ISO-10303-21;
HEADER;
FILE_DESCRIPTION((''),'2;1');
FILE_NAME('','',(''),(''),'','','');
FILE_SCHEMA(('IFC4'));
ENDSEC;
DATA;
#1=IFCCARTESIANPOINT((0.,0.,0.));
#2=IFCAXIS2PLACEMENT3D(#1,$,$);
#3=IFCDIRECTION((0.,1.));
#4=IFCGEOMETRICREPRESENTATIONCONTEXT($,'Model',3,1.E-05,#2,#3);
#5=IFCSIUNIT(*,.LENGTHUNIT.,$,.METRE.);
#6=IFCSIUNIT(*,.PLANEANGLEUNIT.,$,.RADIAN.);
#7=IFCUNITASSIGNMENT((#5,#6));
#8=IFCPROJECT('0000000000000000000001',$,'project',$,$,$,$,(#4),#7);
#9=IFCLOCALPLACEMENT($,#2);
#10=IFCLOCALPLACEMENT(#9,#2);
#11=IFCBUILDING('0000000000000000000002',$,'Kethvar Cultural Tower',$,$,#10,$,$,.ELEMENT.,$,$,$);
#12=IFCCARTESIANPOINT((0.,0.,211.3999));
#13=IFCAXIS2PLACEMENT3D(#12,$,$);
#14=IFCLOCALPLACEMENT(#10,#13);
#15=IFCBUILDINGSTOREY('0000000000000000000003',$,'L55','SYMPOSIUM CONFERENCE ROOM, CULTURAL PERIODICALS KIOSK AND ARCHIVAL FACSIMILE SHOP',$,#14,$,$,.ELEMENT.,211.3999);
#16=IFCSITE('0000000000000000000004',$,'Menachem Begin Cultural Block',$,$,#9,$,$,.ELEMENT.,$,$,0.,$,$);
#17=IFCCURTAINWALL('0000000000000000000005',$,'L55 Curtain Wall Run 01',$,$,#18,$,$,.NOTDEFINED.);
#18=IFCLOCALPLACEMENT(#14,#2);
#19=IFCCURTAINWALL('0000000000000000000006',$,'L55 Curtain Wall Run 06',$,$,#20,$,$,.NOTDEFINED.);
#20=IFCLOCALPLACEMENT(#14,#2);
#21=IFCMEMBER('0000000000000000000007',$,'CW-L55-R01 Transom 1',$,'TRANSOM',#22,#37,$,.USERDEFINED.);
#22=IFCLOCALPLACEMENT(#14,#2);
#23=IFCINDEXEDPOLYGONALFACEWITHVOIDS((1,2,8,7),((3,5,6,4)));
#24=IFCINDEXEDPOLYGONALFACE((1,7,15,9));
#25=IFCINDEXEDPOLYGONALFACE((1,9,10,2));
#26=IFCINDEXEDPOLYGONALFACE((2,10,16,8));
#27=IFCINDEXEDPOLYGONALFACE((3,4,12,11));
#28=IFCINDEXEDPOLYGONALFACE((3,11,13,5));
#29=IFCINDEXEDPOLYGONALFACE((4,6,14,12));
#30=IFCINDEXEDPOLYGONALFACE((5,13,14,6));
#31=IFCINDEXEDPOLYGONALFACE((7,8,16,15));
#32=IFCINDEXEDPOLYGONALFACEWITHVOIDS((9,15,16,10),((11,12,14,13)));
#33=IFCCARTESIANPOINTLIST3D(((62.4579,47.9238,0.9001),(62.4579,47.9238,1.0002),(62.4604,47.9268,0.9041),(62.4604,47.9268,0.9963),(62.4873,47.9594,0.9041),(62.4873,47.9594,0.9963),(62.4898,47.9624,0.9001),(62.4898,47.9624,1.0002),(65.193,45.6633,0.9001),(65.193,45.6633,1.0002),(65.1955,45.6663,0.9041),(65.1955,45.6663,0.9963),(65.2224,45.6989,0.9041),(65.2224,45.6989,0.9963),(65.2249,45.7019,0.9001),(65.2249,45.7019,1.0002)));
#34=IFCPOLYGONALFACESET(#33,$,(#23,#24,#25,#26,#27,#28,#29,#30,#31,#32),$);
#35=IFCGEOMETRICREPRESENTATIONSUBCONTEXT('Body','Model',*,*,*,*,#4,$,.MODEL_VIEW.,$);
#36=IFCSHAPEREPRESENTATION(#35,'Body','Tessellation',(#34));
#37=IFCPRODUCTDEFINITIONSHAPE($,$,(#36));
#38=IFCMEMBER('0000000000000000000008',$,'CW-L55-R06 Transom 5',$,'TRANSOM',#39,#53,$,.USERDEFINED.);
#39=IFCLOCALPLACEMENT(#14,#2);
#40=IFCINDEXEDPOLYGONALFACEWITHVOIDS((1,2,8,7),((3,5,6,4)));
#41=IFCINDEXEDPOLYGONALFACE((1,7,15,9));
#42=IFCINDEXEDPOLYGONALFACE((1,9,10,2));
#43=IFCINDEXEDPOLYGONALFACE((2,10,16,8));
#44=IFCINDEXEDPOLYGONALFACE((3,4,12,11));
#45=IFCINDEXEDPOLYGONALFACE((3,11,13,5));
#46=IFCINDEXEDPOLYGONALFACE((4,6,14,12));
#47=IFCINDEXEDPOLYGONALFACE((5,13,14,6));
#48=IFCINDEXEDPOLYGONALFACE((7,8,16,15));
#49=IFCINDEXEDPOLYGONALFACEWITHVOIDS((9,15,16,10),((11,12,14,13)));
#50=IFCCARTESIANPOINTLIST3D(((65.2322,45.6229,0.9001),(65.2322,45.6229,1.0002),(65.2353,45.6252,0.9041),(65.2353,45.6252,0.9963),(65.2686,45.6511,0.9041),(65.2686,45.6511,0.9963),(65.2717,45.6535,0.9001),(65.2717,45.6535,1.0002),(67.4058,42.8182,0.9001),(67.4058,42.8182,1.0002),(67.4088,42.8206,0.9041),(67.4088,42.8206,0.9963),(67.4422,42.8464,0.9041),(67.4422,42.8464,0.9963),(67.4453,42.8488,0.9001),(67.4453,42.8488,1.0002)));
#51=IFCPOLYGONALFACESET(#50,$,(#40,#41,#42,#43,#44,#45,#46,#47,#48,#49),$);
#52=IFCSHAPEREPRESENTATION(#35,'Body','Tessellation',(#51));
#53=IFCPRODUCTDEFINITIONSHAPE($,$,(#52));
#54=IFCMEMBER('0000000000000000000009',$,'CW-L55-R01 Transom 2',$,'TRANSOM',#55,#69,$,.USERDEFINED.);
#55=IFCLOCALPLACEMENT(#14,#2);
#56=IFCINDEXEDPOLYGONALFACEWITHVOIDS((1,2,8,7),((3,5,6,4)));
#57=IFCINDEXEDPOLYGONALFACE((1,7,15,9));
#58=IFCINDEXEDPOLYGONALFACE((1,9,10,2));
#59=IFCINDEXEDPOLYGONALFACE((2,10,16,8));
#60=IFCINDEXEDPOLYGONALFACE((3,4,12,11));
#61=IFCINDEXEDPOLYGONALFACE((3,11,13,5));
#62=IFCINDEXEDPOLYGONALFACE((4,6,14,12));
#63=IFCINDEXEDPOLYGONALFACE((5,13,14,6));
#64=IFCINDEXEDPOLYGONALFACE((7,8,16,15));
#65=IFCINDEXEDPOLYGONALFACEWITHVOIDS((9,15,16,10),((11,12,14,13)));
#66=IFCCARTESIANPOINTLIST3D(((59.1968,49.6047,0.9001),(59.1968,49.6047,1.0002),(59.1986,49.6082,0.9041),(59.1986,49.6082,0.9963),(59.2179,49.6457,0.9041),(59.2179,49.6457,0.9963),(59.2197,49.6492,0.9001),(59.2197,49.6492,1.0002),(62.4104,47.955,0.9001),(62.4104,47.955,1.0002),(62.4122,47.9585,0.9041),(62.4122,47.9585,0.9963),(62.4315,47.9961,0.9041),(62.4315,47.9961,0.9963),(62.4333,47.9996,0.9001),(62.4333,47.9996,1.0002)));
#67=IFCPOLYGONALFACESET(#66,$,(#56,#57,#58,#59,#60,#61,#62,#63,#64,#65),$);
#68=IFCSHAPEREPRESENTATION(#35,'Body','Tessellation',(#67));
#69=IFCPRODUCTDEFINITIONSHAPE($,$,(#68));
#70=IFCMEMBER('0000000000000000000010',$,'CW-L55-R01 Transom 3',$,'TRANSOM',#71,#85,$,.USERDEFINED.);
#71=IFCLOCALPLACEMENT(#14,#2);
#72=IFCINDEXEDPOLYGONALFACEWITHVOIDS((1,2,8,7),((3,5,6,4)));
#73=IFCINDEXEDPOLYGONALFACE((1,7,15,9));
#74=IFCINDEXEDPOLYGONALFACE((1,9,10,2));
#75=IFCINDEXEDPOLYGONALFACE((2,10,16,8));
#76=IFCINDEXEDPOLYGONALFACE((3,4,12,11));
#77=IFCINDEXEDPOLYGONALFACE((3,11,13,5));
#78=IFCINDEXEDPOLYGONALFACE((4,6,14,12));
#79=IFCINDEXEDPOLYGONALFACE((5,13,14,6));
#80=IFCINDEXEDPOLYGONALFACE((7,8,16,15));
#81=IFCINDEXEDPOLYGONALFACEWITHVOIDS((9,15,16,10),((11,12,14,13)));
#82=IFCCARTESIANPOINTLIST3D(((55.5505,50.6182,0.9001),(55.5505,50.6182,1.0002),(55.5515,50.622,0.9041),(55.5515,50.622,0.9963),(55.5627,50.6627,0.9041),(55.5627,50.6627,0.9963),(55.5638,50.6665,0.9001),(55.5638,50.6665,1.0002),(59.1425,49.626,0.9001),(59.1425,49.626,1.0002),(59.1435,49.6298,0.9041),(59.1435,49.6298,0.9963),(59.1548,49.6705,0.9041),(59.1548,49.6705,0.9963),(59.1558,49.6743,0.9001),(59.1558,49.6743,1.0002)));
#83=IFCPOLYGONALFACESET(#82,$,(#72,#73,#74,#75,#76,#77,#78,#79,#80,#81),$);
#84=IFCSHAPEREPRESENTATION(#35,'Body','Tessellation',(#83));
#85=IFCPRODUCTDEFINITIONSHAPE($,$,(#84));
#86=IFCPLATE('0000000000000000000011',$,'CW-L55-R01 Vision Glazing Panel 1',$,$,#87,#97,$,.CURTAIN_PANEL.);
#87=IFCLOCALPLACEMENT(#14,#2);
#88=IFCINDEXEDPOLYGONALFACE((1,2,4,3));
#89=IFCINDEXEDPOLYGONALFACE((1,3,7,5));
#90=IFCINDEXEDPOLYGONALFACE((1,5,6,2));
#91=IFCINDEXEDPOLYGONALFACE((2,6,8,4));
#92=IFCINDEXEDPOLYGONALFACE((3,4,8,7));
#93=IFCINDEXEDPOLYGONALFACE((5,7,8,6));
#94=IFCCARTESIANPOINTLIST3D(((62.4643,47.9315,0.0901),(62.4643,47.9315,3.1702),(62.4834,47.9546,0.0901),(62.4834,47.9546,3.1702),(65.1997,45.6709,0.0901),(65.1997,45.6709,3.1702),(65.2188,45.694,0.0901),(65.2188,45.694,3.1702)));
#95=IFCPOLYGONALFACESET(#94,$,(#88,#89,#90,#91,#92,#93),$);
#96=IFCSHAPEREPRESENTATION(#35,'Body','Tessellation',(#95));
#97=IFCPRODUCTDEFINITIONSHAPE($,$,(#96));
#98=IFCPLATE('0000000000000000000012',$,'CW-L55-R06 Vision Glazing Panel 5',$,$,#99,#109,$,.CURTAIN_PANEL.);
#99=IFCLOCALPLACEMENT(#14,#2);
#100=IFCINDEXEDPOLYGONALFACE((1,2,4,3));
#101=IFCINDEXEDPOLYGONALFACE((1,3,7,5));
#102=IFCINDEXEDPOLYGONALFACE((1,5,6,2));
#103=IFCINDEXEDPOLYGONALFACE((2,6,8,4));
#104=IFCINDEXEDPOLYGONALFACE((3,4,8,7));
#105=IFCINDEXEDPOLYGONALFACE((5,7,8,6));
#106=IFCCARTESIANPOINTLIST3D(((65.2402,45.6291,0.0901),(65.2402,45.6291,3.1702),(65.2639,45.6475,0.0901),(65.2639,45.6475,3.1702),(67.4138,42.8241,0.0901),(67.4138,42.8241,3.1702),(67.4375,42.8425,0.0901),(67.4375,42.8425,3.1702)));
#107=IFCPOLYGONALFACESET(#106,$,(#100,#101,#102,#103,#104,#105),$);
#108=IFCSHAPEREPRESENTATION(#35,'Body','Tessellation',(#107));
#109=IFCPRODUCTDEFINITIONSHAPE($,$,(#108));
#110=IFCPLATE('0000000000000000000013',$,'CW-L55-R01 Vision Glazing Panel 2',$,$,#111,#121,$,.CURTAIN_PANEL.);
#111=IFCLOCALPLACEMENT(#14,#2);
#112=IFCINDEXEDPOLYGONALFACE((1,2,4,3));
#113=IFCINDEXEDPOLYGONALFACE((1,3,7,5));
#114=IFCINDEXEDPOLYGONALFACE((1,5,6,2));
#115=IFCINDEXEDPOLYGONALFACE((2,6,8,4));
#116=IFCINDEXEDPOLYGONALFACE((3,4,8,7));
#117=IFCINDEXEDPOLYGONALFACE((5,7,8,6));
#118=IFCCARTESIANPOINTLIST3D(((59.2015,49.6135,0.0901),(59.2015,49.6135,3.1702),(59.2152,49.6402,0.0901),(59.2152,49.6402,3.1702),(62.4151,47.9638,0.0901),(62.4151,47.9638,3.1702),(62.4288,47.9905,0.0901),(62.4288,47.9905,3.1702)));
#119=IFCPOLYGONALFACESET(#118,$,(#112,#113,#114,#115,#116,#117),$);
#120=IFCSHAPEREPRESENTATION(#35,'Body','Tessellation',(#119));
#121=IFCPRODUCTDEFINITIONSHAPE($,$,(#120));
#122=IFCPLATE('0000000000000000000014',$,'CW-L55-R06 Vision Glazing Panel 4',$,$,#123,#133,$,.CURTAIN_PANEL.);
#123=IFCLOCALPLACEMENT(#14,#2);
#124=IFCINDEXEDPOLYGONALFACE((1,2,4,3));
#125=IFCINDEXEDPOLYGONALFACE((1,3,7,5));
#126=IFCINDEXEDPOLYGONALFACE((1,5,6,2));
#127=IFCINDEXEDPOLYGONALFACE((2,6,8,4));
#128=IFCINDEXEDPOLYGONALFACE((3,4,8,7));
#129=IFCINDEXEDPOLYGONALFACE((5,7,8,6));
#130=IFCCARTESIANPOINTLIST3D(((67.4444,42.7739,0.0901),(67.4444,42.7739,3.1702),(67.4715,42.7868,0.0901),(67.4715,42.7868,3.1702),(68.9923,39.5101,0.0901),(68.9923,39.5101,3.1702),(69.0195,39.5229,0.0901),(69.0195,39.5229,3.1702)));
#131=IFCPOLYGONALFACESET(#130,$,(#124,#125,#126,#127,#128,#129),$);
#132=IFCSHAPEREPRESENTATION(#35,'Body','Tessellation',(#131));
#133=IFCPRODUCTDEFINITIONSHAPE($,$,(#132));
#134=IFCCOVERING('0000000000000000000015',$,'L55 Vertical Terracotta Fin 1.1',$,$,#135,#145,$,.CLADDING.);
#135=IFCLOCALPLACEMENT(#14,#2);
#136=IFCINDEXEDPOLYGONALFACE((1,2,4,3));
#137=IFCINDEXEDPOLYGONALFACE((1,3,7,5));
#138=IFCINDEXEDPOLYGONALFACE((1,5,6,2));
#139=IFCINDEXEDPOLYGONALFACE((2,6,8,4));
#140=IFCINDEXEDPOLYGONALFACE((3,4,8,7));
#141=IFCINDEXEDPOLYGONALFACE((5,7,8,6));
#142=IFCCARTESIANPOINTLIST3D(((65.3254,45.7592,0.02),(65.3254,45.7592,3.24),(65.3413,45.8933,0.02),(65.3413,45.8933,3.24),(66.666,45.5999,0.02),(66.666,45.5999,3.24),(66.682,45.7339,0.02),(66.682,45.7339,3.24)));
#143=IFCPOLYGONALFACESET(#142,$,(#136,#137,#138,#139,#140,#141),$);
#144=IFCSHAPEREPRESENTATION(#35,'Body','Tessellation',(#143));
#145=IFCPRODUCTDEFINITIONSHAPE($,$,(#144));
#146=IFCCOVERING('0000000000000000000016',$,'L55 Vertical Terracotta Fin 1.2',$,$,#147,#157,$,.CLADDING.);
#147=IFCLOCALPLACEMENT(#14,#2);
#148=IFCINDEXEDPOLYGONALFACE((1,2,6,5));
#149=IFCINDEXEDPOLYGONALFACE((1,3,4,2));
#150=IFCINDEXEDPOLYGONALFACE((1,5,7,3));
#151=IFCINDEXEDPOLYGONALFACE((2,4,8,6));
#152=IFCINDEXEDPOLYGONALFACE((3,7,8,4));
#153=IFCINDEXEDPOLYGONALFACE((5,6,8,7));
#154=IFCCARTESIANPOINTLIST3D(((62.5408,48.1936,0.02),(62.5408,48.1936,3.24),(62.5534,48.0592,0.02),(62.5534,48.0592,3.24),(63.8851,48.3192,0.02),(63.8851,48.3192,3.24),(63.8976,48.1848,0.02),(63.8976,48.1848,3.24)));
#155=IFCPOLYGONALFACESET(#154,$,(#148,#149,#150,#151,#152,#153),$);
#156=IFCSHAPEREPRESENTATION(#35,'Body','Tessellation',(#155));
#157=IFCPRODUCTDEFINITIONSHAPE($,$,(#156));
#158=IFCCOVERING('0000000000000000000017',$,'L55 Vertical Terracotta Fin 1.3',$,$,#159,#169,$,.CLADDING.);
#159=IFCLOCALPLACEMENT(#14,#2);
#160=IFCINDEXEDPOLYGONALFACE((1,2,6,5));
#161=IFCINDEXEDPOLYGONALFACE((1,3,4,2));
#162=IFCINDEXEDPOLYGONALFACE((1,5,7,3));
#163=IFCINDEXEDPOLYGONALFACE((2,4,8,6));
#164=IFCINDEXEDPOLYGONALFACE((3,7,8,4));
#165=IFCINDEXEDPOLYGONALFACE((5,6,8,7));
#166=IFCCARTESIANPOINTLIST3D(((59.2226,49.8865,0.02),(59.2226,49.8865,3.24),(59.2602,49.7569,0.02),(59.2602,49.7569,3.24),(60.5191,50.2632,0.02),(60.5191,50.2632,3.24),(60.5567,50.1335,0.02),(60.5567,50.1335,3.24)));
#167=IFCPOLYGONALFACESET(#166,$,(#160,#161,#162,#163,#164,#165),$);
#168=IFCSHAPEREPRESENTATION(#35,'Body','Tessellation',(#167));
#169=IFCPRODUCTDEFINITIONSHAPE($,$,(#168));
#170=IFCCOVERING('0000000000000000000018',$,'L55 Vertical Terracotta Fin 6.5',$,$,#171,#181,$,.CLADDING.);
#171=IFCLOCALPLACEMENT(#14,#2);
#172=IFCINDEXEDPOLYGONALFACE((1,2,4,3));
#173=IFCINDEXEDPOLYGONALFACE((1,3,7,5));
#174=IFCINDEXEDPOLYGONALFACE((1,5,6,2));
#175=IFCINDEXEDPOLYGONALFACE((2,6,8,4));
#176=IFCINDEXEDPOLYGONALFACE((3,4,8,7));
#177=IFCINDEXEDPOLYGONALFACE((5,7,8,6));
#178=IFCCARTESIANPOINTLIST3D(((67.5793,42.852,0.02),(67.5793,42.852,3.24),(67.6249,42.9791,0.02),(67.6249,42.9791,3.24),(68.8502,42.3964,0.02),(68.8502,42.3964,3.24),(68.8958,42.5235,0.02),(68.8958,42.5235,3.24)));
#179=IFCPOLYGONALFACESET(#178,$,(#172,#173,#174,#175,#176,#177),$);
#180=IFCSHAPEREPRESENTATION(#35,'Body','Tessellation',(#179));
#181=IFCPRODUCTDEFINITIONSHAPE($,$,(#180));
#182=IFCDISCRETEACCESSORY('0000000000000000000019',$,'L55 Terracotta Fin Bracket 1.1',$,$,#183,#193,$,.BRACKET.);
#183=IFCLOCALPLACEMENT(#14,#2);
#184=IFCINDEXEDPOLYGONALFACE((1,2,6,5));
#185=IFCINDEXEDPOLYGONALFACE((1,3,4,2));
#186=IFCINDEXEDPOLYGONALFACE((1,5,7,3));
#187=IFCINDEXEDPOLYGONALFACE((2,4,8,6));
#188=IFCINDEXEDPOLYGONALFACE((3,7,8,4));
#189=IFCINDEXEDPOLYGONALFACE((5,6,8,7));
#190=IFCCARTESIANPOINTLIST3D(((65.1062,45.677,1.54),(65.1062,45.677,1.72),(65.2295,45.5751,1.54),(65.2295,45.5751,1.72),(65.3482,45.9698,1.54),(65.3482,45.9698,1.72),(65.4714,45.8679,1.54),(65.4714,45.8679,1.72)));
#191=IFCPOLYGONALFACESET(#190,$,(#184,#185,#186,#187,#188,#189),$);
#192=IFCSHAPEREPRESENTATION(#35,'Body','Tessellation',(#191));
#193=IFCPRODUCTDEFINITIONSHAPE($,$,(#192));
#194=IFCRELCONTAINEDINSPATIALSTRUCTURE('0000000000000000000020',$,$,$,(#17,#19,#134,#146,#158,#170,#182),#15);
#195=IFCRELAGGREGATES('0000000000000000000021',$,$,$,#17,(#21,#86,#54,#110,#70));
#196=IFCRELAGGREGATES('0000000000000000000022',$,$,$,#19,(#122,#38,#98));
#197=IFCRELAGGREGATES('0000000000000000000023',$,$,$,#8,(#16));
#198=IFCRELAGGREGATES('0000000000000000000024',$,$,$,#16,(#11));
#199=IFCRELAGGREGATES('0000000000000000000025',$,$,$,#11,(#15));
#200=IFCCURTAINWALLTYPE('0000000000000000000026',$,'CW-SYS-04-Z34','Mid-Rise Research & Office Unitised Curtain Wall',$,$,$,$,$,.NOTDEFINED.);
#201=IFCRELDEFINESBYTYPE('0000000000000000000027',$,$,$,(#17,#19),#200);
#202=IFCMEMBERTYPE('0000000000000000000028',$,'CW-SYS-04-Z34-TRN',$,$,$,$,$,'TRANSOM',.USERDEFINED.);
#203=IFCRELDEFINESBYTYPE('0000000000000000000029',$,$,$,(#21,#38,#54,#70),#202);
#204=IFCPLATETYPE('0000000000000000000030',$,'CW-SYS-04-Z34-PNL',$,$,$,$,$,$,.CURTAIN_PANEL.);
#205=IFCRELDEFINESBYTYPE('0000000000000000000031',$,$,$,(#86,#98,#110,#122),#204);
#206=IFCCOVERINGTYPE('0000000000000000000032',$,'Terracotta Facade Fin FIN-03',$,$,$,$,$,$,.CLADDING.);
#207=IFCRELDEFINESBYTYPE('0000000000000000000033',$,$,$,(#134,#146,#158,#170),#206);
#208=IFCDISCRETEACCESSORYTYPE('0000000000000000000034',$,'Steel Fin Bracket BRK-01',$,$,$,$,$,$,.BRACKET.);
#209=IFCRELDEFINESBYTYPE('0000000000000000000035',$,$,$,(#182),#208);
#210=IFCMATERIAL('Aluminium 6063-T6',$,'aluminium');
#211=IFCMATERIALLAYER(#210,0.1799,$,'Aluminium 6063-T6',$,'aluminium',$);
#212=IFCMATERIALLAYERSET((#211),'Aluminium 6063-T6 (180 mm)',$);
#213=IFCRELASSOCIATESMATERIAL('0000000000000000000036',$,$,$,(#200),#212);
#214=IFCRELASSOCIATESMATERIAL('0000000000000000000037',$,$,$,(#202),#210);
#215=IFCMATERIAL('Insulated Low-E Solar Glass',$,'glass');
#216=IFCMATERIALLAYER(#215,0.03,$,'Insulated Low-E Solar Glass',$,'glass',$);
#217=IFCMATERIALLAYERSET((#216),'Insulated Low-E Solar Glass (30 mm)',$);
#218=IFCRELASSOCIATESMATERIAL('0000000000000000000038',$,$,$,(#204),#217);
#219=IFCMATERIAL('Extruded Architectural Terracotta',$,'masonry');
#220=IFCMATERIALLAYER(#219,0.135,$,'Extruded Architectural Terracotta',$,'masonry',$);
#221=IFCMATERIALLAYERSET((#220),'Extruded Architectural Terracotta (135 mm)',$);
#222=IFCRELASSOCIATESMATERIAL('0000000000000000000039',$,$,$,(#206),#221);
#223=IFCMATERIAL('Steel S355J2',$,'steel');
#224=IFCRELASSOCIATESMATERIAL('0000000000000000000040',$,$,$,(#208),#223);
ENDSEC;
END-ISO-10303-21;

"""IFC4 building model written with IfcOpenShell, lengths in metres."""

from ifc_helpers import new_model, si_unit, direction, frame, origin, origin_2d, place, context, subcontext, project, spatial, rectangle, hollow_rectangle, extrude, source, transform, mapped, material, layer, layer_set, material_profile, profile_set, type_object, element, aggregate, save


model = new_model("IFC4")

# Units and contexts
model_context = context("Model", 3, precision=1e-05, world=origin(), true_north=direction((0.0, 1.0)))
body_context = subcontext(model_context, "Body", "Model", "MODEL_VIEW")
ifc_project = project(units=[si_unit("LENGTHUNIT", "METRE"), si_unit("PLANEANGLEUNIT", "RADIAN")], contexts=[model_context])

# Site, building, storey
site_placement = place(None, origin())
site = spatial("IfcSite", under=ifc_project, at=site_placement, Name="Menachem Begin Cultural Block", CompositionType="ELEMENT", RefElevation=0.0)
building_placement = place(site_placement, origin())
building = spatial("IfcBuilding", under=site, at=building_placement, Name="Kethvar Cultural Tower", CompositionType="ELEMENT")
storey_placement = place(building_placement, frame((0.0, 0.0, 211.3999)))
storey = spatial("IfcBuildingStorey", under=building, at=storey_placement, Name="L55", Description="SYMPOSIUM CONFERENCE ROOM, CULTURAL PERIODICALS KIOSK AND ARCHIVAL FACSIMILE SHOP", CompositionType="ELEMENT", Elevation=211.3999)

# Shared definitions
ifc_material_1 = material(Name="Steel S355J2", Category="steel")

# Curtain walls
ifc_material_2 = material(Name="Aluminium 6063-T6", Category="aluminium")
ifc_layer_1 = layer(ifc_material_2, 0.1799, Name="Aluminium 6063-T6", Category="aluminium")
ifc_layer_set_1 = layer_set([ifc_layer_1], Name="Aluminium 6063-T6 (180 mm)")
curtain_wall_type = type_object("IfcCurtainWallType", Name="CW-SYS-04-Z34", Description="Mid-Rise Research & Office Unitised Curtain Wall", PredefinedType="NOTDEFINED", material=ifc_layer_set_1)
curtain_wall_1_placement = place(storey_placement, origin())
curtain_wall_1 = element("IfcCurtainWall", 1, at=curtain_wall_1_placement, inside=storey, type_object=curtain_wall_type, Name="L55 Curtain Wall Run 01", PredefinedType="NOTDEFINED")
curtain_wall_2_placement = place(storey_placement, origin())
curtain_wall_2 = element("IfcCurtainWall", 2, at=curtain_wall_2_placement, inside=storey, type_object=curtain_wall_type, Name="L55 Curtain Wall Run 06", PredefinedType="NOTDEFINED")

# Members
ifc_material_profile_1 = material_profile(ifc_material_2, hollow_rectangle(XDim=0.05, YDim=0.1001, WallThickness=0.0039, at=origin_2d()), Name="Aluminium 6063-T6 — RHS100x50x4")
ifc_profile_set_1 = profile_set([ifc_material_profile_1], Name="Aluminium 6063-T6 — RHS100x50x4")
member_type_1 = type_object("IfcMemberType", Name="CW-SYS-04-Z34-TRN", ElementType="TRANSOM", PredefinedType="USERDEFINED", material=ifc_profile_set_1)
shared_shape_1 = source(origin(), body_context, "Body", "SweptSolid", [
    extrude(hollow_rectangle(XDim=0.05, YDim=0.1001, WallThickness=0.0039, at=origin_2d()), origin(), (0.0, 0.0, 1.0), 3.5483),
])
member_1_placement = place(storey_placement, frame((65.209, 45.6826, 0.9502), z_axis=(-0.770815, 0.637059, 0.0), x_axis=(-0.637059, -0.770815, 0.0)))
member_1 = element("IfcMember", 3, at=member_1_placement, type_object=member_type_1, Name="CW-L55-R01 Transom 1", ObjectType="TRANSOM", PredefinedType="USERDEFINED", context=body_context, shape_type="MappedRepresentation", body=[
    mapped(shared_shape_1, transform((0.0, 0.0, 0.0), scale=1.0)),
])
member_2_placement = place(storey_placement, frame((67.4255, 42.8335, 0.9502), z_axis=(-0.612563, 0.790422, 0.0), x_axis=(-0.790422, -0.612563, 0.0)))
member_2 = element("IfcMember", 4, at=member_2_placement, type_object=member_type_1, Name="CW-L55-R06 Transom 5", ObjectType="TRANSOM", PredefinedType="USERDEFINED", context=body_context, shape_type="MappedRepresentation", body=[
    mapped(shared_shape_1, transform((0.0, 0.0, 0.0), scale=1.0)),
])
shared_shape_2 = source(origin(), body_context, "Body", "SweptSolid", [
    extrude(hollow_rectangle(XDim=0.05, YDim=0.1001, WallThickness=0.0039, at=origin_2d()), origin(), (0.0, 0.0, 1.0), 3.6123),
])
member_3_placement = place(storey_placement, frame((62.4219, 47.9773, 0.9502), z_axis=(-0.889632, 0.456677, 0.0), x_axis=(-0.456677, -0.889632, 0.0)))
member_3 = element("IfcMember", 5, at=member_3_placement, type_object=member_type_1, Name="CW-L55-R01 Transom 2", ObjectType="TRANSOM", PredefinedType="USERDEFINED", context=body_context, shape_type="MappedRepresentation", body=[
    mapped(shared_shape_2, transform((0.0, 0.0, 0.0), scale=1.0)),
])
shared_shape_3 = source(origin(), body_context, "Body", "SweptSolid", [
    extrude(hollow_rectangle(XDim=0.05, YDim=0.1001, WallThickness=0.0039, at=origin_2d()), origin(), (0.0, 0.0, 1.0), 3.7266),
])
member_4_placement = place(storey_placement, frame((59.1492, 49.6501, 0.9502), z_axis=(-0.963905, 0.266248, 0.0), x_axis=(-0.266248, -0.963905, 0.0)))
member_4 = element("IfcMember", 6, at=member_4_placement, type_object=member_type_1, Name="CW-L55-R01 Transom 3", ObjectType="TRANSOM", PredefinedType="USERDEFINED", context=body_context, shape_type="MappedRepresentation", body=[
    mapped(shared_shape_3, transform((0.0, 0.0, 0.0), scale=1.0)),
])

# Plates
ifc_material_3 = material(Name="Insulated Low-E Solar Glass", Category="glass")
ifc_layer_2 = layer(ifc_material_3, 0.03, Name="Insulated Low-E Solar Glass", Category="glass")
ifc_layer_set_2 = layer_set([ifc_layer_2], Name="Insulated Low-E Solar Glass (30 mm)")
plate_type = type_object("IfcPlateType", Name="CW-SYS-04-Z34-PNL", PredefinedType="CURTAIN_PANEL", material=ifc_layer_set_2)
shared_shape_4 = source(origin(), body_context, "Body", "SweptSolid", [
    extrude(rectangle(XDim=3.5486, YDim=0.03, at=origin_2d()), origin(), (0.0, 0.0, 1.0), 3.0801),
])
plate_1_placement = place(storey_placement, frame((63.8416, 46.8127, 0.0901), z_axis=(0.0, 0.0, 1.0), x_axis=(-0.770825, 0.637047, 0.0)))
plate_1 = element("IfcPlate", 7, at=plate_1_placement, type_object=plate_type, Name="CW-L55-R01 Vision Glazing Panel 1", PredefinedType="CURTAIN_PANEL", context=body_context, shape_type="MappedRepresentation", body=[
    mapped(shared_shape_4, transform((0.0, 0.0, 0.0), scale=1.0)),
])
plate_2_placement = place(storey_placement, frame((66.3389, 44.2358, 0.0901), z_axis=(0.0, 0.0, 1.0), x_axis=(-0.612521, 0.790454, 0.0)))
plate_2 = element("IfcPlate", 8, at=plate_2_placement, type_object=plate_type, Name="CW-L55-R06 Vision Glazing Panel 5", PredefinedType="CURTAIN_PANEL", context=body_context, shape_type="MappedRepresentation", body=[
    mapped(shared_shape_4, transform((0.0, 0.0, 0.0), scale=1.0)),
])
shared_shape_5 = source(origin(), body_context, "Body", "SweptSolid", [
    extrude(rectangle(XDim=3.6123, YDim=0.03, at=origin_2d()), origin(), (0.0, 0.0, 1.0), 3.0801),
])
plate_3_placement = place(storey_placement, frame((60.8152, 48.802, 0.0901), z_axis=(0.0, 0.0, 1.0), x_axis=(-0.889624, 0.456694, 0.0)))
plate_3 = element("IfcPlate", 9, at=plate_3_placement, type_object=plate_type, Name="CW-L55-R01 Vision Glazing Panel 2", PredefinedType="CURTAIN_PANEL", context=body_context, shape_type="MappedRepresentation", body=[
    mapped(shared_shape_5, transform((0.0, 0.0, 0.0), scale=1.0)),
])
aggregate(curtain_wall_1, [member_1, plate_1, member_3, plate_3, member_4])
plate_4_placement = place(storey_placement, frame((68.2319, 41.1484, 0.0901), z_axis=(0.0, 0.0, 1.0), x_axis=(-0.428509, 0.903537, 0.0)))
plate_4 = element("IfcPlate", 10, at=plate_4_placement, type_object=plate_type, Name="CW-L55-R06 Vision Glazing Panel 4", PredefinedType="CURTAIN_PANEL", context=body_context, shape_type="MappedRepresentation", body=[
    mapped(shared_shape_5, transform((0.0, 0.0, 0.0), scale=1.0)),
])
aggregate(curtain_wall_2, [plate_4, member_2, plate_2])

# Coverings
ifc_material_4 = material(Name="Extruded Architectural Terracotta", Category="masonry")
ifc_layer_3 = layer(ifc_material_4, 0.135, Name="Extruded Architectural Terracotta", Category="masonry")
ifc_layer_set_3 = layer_set([ifc_layer_3], Name="Extruded Architectural Terracotta (135 mm)")
covering_type = type_object("IfcCoveringType", Name="Terracotta Facade Fin FIN-03", PredefinedType="CLADDING", material=ifc_layer_set_3)
shared_shape_6 = source(origin(), body_context, "Body", "SweptSolid", [
    extrude(rectangle(XDim=1.3501, YDim=0.135, at=origin_2d()), origin(), (0.0, 0.0, 1.0), 3.22),
])
for number, where, z_axis, x_axis, name in (
    (11, (66.0037, 45.7466, 0.02), (0.0, 0.0, 1.0), (0.993007, -0.118057, 0.0), "L55 Vertical Terracotta Fin 1.1"),
    (12, (63.2192, 48.1892, 0.02), (0.0, 0.0, 1.0), (0.99566, 0.093066, 0.0), "L55 Vertical Terracotta Fin 1.2"),
    (13, (59.8896, 50.01, 0.02), (0.0, 0.0, 1.0), (0.960294, 0.278991, 0.0), "L55 Vertical Terracotta Fin 1.3"),
    (14, (68.2375, 42.6877, 0.02), (0.0, 0.0, 1.0), (0.941353, -0.337424, 0.0), "L55 Vertical Terracotta Fin 6.5"),
):
    element("IfcCovering", number, at=place(storey_placement, frame(where, z_axis=z_axis, x_axis=x_axis)), inside=storey, type_object=covering_type, Name=name, PredefinedType="CLADDING", context=body_context, shape_type="MappedRepresentation", body=[
        mapped(shared_shape_6, transform((0.0, 0.0, 0.0), scale=1.0)),
    ])

# Discrete accessory
discrete_accessory_type = type_object("IfcDiscreteAccessoryType", Name="Steel Fin Bracket BRK-01", PredefinedType="BRACKET", material=ifc_material_1)
shared_shape_7 = source(origin(), body_context, "Body", "SweptSolid", [
    extrude(rectangle(XDim=0.3799, YDim=0.1599, at=origin_2d()), origin(), (0.0, 0.0, 1.0), 0.1799),
])
for number, where, z_axis, x_axis, name in (
    (15, (65.2888, 45.7725, 1.54), (0.0, 0.0, 1.0), (0.63702, 0.770847, 0.0), "L55 Terracotta Fin Bracket 1.1"),
):
    element("IfcDiscreteAccessory", number, at=place(storey_placement, frame(where, z_axis=z_axis, x_axis=x_axis)), inside=storey, type_object=discrete_accessory_type, Name=name, PredefinedType="BRACKET", context=body_context, shape_type="MappedRepresentation", body=[
        mapped(shared_shape_7, transform((0.0, 0.0, 0.0), scale=1.0)),
    ])

save(model, "model.ifc")
